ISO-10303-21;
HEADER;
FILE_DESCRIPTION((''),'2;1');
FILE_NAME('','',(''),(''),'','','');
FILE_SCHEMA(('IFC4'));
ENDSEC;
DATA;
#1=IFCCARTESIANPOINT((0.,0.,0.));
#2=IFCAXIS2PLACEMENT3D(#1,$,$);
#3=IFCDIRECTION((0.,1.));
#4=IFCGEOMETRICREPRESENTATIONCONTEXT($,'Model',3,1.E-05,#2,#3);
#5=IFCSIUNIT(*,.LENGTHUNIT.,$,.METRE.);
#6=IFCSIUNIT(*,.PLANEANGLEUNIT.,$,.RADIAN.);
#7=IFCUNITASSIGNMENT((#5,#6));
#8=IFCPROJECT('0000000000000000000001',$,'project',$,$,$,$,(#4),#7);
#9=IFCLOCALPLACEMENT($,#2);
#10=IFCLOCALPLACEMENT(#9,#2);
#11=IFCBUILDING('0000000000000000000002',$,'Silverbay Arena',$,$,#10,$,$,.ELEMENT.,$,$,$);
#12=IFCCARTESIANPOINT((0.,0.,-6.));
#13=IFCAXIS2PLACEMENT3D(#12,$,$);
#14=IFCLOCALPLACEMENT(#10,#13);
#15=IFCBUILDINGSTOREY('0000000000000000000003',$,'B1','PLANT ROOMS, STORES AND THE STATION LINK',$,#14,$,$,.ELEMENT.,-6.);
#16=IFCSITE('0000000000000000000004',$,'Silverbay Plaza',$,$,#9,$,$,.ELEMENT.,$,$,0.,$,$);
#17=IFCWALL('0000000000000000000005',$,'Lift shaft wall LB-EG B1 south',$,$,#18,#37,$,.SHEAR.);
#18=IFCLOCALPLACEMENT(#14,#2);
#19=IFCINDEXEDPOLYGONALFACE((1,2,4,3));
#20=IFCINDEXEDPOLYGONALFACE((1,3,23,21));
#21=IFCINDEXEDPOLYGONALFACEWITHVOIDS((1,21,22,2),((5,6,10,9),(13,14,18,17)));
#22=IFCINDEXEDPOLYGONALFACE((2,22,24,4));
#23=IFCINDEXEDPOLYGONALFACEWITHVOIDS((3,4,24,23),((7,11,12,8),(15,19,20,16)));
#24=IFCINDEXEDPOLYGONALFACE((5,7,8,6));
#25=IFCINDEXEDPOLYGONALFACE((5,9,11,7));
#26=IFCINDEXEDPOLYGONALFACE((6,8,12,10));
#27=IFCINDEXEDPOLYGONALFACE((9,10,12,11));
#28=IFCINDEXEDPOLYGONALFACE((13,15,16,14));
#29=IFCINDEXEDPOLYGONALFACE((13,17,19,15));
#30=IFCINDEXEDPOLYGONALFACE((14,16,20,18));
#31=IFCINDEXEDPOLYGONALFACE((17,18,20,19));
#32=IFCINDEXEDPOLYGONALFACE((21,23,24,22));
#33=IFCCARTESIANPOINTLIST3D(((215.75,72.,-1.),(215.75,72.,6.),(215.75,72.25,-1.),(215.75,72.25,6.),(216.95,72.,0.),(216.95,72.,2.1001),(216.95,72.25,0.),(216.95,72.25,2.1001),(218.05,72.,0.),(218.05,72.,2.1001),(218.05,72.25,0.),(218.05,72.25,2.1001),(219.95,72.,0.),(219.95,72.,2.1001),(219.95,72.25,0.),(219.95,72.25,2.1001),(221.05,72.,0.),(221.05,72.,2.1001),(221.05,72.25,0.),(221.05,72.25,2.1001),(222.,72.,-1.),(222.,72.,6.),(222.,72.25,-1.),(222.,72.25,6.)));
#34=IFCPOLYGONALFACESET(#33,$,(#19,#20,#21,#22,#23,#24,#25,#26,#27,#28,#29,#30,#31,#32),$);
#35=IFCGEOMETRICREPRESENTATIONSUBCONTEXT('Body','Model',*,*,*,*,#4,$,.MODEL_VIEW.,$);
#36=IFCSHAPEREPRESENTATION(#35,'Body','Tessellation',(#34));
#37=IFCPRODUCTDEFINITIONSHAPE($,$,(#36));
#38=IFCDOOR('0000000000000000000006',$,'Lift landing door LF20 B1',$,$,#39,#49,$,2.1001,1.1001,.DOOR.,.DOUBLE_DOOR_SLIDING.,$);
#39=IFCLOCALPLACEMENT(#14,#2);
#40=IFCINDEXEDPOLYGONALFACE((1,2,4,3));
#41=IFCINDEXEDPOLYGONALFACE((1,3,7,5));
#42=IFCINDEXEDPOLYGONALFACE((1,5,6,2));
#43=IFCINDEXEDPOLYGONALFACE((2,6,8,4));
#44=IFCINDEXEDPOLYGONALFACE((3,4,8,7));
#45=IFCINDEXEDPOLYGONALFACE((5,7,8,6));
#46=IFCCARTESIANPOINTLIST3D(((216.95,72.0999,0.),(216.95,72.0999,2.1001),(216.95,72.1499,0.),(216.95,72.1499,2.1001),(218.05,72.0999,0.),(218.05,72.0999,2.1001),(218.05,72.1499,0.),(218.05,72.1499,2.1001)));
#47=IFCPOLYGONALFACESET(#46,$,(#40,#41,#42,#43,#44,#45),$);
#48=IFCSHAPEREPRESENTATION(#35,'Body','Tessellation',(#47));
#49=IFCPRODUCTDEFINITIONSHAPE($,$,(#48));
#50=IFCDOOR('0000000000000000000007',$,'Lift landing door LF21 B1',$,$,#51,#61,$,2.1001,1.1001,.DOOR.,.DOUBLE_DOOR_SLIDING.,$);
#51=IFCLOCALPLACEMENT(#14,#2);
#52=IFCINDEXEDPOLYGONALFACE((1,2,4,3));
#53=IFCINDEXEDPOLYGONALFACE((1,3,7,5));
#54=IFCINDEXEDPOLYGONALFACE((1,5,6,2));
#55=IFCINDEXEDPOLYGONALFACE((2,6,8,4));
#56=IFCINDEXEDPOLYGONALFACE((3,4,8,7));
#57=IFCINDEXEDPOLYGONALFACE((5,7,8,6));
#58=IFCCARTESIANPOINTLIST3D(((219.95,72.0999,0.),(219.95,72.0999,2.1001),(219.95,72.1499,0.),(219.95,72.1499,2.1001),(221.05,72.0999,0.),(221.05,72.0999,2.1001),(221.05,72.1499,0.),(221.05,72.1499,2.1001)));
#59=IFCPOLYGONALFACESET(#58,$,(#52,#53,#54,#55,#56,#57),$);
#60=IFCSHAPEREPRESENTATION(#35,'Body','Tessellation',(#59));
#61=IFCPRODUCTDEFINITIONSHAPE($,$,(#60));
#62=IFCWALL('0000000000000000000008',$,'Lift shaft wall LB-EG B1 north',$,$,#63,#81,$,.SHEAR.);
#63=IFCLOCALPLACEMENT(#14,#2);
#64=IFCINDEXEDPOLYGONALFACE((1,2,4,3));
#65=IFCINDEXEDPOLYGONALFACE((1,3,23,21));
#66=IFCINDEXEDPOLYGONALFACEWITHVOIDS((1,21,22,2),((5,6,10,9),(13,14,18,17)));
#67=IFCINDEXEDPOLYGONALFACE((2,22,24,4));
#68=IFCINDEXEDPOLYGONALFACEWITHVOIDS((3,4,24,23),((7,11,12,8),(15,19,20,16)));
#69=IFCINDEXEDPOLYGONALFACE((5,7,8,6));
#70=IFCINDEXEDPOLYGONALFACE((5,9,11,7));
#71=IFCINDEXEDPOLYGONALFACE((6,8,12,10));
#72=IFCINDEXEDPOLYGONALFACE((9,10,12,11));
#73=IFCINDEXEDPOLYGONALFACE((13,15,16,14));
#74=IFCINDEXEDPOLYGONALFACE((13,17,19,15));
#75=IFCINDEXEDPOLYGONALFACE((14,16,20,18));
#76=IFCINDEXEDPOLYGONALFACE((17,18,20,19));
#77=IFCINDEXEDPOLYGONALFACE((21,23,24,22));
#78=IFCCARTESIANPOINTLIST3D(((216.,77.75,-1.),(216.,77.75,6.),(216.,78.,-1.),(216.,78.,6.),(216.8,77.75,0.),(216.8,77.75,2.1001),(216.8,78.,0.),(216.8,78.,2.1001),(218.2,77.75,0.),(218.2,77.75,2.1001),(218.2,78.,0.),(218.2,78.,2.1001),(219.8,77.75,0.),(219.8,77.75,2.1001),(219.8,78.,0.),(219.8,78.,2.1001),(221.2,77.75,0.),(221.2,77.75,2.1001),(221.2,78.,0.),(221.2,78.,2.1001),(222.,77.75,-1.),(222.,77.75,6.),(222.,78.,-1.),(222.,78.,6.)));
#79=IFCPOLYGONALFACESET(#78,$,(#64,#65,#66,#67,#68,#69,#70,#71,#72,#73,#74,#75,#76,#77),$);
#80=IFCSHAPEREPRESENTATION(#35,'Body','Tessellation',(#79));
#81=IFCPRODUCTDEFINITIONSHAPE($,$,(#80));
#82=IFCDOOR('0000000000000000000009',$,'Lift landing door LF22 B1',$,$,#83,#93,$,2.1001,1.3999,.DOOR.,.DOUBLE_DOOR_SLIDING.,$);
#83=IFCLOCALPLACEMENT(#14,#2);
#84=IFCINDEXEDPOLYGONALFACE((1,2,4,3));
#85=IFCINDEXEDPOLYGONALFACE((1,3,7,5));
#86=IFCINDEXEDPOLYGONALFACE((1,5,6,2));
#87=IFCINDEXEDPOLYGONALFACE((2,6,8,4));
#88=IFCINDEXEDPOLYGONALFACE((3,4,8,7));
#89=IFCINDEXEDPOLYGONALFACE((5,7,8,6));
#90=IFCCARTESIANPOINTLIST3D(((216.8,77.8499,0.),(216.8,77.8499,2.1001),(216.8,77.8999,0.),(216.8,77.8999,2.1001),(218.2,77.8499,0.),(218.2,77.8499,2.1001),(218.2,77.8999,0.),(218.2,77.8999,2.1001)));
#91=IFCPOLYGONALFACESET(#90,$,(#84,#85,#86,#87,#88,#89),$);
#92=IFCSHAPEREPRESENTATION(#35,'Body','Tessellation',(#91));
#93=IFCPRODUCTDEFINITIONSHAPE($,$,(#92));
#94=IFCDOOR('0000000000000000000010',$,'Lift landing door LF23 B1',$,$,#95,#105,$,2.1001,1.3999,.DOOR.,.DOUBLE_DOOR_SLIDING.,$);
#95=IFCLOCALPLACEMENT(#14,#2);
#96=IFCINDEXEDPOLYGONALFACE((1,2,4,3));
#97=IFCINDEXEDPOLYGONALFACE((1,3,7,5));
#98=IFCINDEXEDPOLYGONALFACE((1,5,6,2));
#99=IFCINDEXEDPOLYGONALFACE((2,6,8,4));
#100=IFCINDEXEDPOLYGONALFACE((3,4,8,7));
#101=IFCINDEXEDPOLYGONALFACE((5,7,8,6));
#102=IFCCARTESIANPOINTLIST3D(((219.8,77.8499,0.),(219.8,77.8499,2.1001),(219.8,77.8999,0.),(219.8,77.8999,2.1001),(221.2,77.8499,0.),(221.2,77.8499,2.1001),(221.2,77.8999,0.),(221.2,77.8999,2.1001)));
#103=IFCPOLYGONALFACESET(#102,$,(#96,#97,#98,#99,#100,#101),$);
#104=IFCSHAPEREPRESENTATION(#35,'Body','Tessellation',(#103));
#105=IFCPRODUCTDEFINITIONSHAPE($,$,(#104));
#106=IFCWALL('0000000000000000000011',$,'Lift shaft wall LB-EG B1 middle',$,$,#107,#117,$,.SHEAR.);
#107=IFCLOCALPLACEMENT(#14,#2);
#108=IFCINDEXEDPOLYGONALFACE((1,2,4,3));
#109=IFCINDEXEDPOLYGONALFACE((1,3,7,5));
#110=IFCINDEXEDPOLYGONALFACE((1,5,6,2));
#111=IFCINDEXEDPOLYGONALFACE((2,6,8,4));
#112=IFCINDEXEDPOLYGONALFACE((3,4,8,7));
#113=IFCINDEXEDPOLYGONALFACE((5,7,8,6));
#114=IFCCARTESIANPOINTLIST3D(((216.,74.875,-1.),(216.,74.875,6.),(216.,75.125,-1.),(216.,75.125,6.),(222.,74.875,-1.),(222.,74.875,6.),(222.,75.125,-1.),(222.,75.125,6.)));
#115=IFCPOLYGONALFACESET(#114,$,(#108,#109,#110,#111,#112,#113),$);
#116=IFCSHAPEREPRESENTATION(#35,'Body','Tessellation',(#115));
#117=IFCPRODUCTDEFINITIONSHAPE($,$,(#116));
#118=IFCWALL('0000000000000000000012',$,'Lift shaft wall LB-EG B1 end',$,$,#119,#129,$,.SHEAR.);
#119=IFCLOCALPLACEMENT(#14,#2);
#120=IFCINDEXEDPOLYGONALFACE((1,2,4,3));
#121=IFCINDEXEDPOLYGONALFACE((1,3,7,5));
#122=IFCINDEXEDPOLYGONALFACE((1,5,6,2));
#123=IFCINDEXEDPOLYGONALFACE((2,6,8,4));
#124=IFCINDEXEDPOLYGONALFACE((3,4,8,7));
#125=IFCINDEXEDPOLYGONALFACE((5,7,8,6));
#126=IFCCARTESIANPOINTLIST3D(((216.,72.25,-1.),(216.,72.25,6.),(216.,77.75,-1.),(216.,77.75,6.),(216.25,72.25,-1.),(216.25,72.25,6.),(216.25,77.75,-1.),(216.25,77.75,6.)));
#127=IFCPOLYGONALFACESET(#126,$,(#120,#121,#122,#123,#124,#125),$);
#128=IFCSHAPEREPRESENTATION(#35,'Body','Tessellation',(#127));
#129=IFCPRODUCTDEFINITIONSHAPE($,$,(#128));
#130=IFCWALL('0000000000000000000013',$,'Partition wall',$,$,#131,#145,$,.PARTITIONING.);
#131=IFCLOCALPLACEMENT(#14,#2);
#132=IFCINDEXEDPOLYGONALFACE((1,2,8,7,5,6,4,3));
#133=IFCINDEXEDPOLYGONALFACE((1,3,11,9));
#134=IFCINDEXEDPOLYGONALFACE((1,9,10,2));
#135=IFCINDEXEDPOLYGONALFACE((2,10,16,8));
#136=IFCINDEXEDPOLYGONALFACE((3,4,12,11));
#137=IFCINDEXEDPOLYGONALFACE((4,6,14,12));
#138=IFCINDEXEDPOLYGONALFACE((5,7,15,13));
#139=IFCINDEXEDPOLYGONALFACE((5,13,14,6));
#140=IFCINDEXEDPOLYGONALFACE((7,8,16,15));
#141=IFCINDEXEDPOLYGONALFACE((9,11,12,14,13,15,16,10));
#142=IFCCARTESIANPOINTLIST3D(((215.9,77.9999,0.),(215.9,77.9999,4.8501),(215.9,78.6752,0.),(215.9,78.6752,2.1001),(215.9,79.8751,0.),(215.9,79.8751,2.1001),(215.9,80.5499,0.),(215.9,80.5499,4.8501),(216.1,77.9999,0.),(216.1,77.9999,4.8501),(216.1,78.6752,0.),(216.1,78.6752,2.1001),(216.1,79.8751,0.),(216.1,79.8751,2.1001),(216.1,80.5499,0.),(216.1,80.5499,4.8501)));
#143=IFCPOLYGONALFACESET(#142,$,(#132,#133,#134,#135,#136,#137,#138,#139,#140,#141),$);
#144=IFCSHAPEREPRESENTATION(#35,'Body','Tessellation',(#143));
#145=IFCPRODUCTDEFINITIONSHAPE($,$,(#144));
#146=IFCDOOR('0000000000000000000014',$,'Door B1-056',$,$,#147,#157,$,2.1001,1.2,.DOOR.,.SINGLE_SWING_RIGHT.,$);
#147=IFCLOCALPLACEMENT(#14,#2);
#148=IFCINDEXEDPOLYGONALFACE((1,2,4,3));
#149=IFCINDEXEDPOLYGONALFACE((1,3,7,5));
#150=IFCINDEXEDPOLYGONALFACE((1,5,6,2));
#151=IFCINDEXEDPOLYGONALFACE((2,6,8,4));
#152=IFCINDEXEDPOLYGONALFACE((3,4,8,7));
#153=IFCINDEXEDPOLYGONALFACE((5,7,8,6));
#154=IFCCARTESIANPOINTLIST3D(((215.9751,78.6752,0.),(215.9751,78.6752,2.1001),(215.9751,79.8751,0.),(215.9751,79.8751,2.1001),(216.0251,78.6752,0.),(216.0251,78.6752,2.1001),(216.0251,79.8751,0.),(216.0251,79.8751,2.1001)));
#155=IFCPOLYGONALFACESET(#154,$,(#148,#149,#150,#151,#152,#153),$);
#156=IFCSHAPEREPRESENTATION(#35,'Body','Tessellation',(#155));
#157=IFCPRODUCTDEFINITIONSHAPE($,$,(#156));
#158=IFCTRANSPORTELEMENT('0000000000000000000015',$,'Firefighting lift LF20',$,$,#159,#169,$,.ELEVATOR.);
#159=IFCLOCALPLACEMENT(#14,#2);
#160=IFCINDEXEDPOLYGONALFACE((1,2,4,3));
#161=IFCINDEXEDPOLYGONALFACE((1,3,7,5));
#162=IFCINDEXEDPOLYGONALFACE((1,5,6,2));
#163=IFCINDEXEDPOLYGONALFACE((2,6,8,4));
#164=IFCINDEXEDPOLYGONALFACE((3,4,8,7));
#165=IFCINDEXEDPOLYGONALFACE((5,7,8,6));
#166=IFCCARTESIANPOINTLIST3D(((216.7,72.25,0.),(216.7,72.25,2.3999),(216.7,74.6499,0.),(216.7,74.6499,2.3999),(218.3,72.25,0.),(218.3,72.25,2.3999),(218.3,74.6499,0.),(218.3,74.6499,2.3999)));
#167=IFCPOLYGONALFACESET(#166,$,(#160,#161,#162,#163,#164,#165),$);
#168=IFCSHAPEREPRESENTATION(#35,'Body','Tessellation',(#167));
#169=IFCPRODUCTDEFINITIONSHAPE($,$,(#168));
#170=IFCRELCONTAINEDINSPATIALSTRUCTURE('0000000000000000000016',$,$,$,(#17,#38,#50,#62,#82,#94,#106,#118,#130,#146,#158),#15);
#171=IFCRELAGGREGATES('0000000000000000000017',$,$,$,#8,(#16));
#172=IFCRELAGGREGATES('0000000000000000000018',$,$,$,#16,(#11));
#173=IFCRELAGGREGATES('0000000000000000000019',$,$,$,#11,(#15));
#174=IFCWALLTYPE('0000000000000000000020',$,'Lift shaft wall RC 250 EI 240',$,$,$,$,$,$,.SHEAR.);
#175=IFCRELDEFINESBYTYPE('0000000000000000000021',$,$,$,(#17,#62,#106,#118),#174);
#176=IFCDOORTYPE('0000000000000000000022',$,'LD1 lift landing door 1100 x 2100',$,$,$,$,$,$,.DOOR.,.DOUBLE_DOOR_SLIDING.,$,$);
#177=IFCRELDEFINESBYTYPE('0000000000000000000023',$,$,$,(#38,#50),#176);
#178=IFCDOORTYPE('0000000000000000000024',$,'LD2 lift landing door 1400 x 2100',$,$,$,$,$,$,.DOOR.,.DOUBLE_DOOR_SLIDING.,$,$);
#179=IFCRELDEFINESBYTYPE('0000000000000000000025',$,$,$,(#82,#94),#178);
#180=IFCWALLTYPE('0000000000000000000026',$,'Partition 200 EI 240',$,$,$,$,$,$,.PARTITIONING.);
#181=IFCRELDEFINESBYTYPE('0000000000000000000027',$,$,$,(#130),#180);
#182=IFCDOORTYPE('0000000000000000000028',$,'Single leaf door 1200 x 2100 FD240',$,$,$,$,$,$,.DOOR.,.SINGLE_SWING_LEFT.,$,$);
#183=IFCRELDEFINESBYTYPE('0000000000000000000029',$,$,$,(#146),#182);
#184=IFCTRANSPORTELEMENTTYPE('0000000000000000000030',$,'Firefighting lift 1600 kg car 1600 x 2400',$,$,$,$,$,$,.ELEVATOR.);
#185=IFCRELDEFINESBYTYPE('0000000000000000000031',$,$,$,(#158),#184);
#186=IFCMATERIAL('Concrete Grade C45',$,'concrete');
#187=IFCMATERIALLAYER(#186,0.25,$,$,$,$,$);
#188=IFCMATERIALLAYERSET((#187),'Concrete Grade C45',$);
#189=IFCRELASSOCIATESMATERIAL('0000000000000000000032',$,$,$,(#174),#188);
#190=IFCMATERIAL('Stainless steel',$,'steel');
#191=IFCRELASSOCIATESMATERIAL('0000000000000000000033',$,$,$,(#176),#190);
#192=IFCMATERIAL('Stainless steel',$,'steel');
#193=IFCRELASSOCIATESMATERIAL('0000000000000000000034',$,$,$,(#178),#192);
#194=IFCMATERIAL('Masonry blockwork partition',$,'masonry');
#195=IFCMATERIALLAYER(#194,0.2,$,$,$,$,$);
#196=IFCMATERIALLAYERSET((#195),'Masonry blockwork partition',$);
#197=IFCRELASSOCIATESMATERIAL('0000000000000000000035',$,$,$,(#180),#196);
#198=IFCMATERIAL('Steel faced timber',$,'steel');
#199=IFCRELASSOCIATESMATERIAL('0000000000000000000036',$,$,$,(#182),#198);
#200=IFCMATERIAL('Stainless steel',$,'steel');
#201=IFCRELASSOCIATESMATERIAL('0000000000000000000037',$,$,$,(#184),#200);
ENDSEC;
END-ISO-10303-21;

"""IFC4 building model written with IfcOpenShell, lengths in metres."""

from ifc_helpers import new_model, si_unit, direction, frame, frame_2d, origin, origin_2d, place, context, subcontext, project, spatial, rectangle, extrude, material, layer, layer_set, type_object, element, fill, save


model = new_model("IFC4")

# Units and contexts
model_context = context("Model", 3, precision=1e-05, world=origin(), true_north=direction((0.0, 1.0)))
body_context = subcontext(model_context, "Body", "Model", "MODEL_VIEW")
ifc_project = project(units=[si_unit("LENGTHUNIT", "METRE"), si_unit("PLANEANGLEUNIT", "RADIAN")], contexts=[model_context])

# Site, building, storey
site_placement = place(None, origin())
site = spatial("IfcSite", under=ifc_project, at=site_placement, Name="Silverbay Plaza", CompositionType="ELEMENT", RefElevation=0.0)
building_placement = place(site_placement, origin())
building = spatial("IfcBuilding", under=site, at=building_placement, Name="Silverbay Arena", CompositionType="ELEMENT")
storey_placement = place(building_placement, frame((0.0, 0.0, -6.0)))
storey = spatial("IfcBuildingStorey", under=building, at=storey_placement, Name="B1", Description="PLANT ROOMS, STORES AND THE STATION LINK", CompositionType="ELEMENT", Elevation=-6.0)

# Walls, openings, doors
ifc_material_1 = material(Name="Concrete Grade C45", Category="concrete")
ifc_layer_1 = layer(ifc_material_1, 0.25)
ifc_layer_set_1 = layer_set([ifc_layer_1], Name="Concrete Grade C45")
wall_type_1 = type_object("IfcWallType", Name="Lift shaft wall RC 250 EI 240", PredefinedType="SHEAR", material=ifc_layer_set_1)
wall_1_placement = place(storey_placement, frame((215.75, 72.125, -1.0), z_axis=(0.0, 0.0, 1.0), x_axis=(1.0, 0.0, 0.0)))
wall_1 = element("IfcWall", 1, at=wall_1_placement, inside=storey, type_object=wall_type_1, Name="Lift shaft wall LB-EG B1 south", PredefinedType="SHEAR", context=body_context, shape_type="SweptSolid", body=[
    extrude(rectangle(XDim=6.25, YDim=0.25, at=frame_2d((3.125, 0.0))), origin(), (0.0, 0.0, 1.0), 7.0),
])
opening_1_placement = place(wall_1_placement, frame((1.2, 0.0, 1.0)))
opening_1 = element("IfcOpeningElement", 2, at=opening_1_placement, cuts=wall_1, PredefinedType="OPENING", context=body_context, shape_type="SweptSolid", body=[
    extrude(rectangle(XDim=1.1001, YDim=2.1001, at=frame_2d((0.55, 1.05))), frame((0.0, 0.135, 0.0), z_axis=(0.0, -1.0, 0.0), x_axis=(1.0, 0.0, 0.0)), (0.0, 0.0, 1.0), 0.27),
])
opening_2_placement = place(wall_1_placement, frame((4.2, 0.0, 1.0)))
opening_2 = element("IfcOpeningElement", 3, at=opening_2_placement, cuts=wall_1, PredefinedType="OPENING", context=body_context, shape_type="SweptSolid", body=[
    extrude(rectangle(XDim=1.1001, YDim=2.1001, at=frame_2d((0.55, 1.05))), frame((0.0, 0.135, 0.0), z_axis=(0.0, -1.0, 0.0), x_axis=(1.0, 0.0, 0.0)), (0.0, 0.0, 1.0), 0.27),
])
ifc_material_2 = material(Name="Stainless steel", Category="steel")
door_type_1 = type_object("IfcDoorType", Name="LD1 lift landing door 1100 x 2100", OperationType="DOUBLE_DOOR_SLIDING", PredefinedType="DOOR", material=ifc_material_2)
door_1_placement = place(opening_1_placement, origin())
door_1 = element("IfcDoor", 4, at=door_1_placement, inside=storey, type_object=door_type_1, Name="Lift landing door LF20 B1", OperationType="DOUBLE_DOOR_SLIDING", OverallHeight=2.1001, OverallWidth=1.1001, PredefinedType="DOOR", context=body_context, shape_type="SweptSolid", body=[
    extrude(rectangle(XDim=1.1001, YDim=2.1001, at=frame_2d((0.55, 1.05))), frame((0.0, 0.0249, 0.0), z_axis=(0.0, -1.0, 0.0), x_axis=(1.0, 0.0, 0.0)), (0.0, 0.0, 1.0), 0.05),
])
fill(opening_1, door_1)
door_2_placement = place(opening_2_placement, origin())
door_2 = element("IfcDoor", 5, at=door_2_placement, inside=storey, type_object=door_type_1, Name="Lift landing door LF21 B1", OperationType="DOUBLE_DOOR_SLIDING", OverallHeight=2.1001, OverallWidth=1.1001, PredefinedType="DOOR", context=body_context, shape_type="SweptSolid", body=[
    extrude(rectangle(XDim=1.1001, YDim=2.1001, at=frame_2d((0.55, 1.05))), frame((0.0, 0.0249, 0.0), z_axis=(0.0, -1.0, 0.0), x_axis=(1.0, 0.0, 0.0)), (0.0, 0.0, 1.0), 0.05),
])
fill(opening_2, door_2)
wall_2_placement = place(storey_placement, frame((216.0, 77.875, -1.0), z_axis=(0.0, 0.0, 1.0), x_axis=(1.0, 0.0, 0.0)))
wall_2 = element("IfcWall", 6, at=wall_2_placement, inside=storey, type_object=wall_type_1, Name="Lift shaft wall LB-EG B1 north", PredefinedType="SHEAR", context=body_context, shape_type="SweptSolid", body=[
    extrude(rectangle(XDim=6.0, YDim=0.25, at=frame_2d((3.0, 0.0))), origin(), (0.0, 0.0, 1.0), 7.0),
])
opening_3_placement = place(wall_2_placement, frame((0.8, 0.0, 1.0)))
opening_3 = element("IfcOpeningElement", 7, at=opening_3_placement, cuts=wall_2, PredefinedType="OPENING", context=body_context, shape_type="SweptSolid", body=[
    extrude(rectangle(XDim=1.3999, YDim=2.1001, at=frame_2d((0.7, 1.05))), frame((0.0, 0.135, 0.0), z_axis=(0.0, -1.0, 0.0), x_axis=(1.0, 0.0, 0.0)), (0.0, 0.0, 1.0), 0.27),
])
opening_4_placement = place(wall_2_placement, frame((3.8, 0.0, 1.0)))
opening_4 = element("IfcOpeningElement", 8, at=opening_4_placement, cuts=wall_2, PredefinedType="OPENING", context=body_context, shape_type="SweptSolid", body=[
    extrude(rectangle(XDim=1.3999, YDim=2.1001, at=frame_2d((0.7, 1.05))), frame((0.0, 0.135, 0.0), z_axis=(0.0, -1.0, 0.0), x_axis=(1.0, 0.0, 0.0)), (0.0, 0.0, 1.0), 0.27),
])
ifc_material_3 = material(Name="Stainless steel", Category="steel")
door_type_2 = type_object("IfcDoorType", Name="LD2 lift landing door 1400 x 2100", OperationType="DOUBLE_DOOR_SLIDING", PredefinedType="DOOR", material=ifc_material_3)
door_3_placement = place(opening_3_placement, origin())
door_3 = element("IfcDoor", 9, at=door_3_placement, inside=storey, type_object=door_type_2, Name="Lift landing door LF22 B1", OperationType="DOUBLE_DOOR_SLIDING", OverallHeight=2.1001, OverallWidth=1.3999, PredefinedType="DOOR", context=body_context, shape_type="SweptSolid", body=[
    extrude(rectangle(XDim=1.3999, YDim=2.1001, at=frame_2d((0.7, 1.05))), frame((0.0, 0.0249, 0.0), z_axis=(0.0, -1.0, 0.0), x_axis=(1.0, 0.0, 0.0)), (0.0, 0.0, 1.0), 0.05),
])
fill(opening_3, door_3)
door_4_placement = place(opening_4_placement, origin())
door_4 = element("IfcDoor", 10, at=door_4_placement, inside=storey, type_object=door_type_2, Name="Lift landing door LF23 B1", OperationType="DOUBLE_DOOR_SLIDING", OverallHeight=2.1001, OverallWidth=1.3999, PredefinedType="DOOR", context=body_context, shape_type="SweptSolid", body=[
    extrude(rectangle(XDim=1.3999, YDim=2.1001, at=frame_2d((0.7, 1.05))), frame((0.0, 0.0249, 0.0), z_axis=(0.0, -1.0, 0.0), x_axis=(1.0, 0.0, 0.0)), (0.0, 0.0, 1.0), 0.05),
])
fill(opening_4, door_4)

# Walls
wall_3_placement = place(storey_placement, frame((216.0, 75.0, -1.0), z_axis=(0.0, 0.0, 1.0), x_axis=(1.0, 0.0, 0.0)))
element("IfcWall", 11, at=wall_3_placement, inside=storey, type_object=wall_type_1, Name="Lift shaft wall LB-EG B1 middle", PredefinedType="SHEAR", context=body_context, shape_type="SweptSolid", body=[
    extrude(rectangle(XDim=6.0, YDim=0.25, at=frame_2d((3.0, 0.0))), origin(), (0.0, 0.0, 1.0), 7.0),
])
wall_4_placement = place(storey_placement, frame((216.125, 72.25, -1.0), z_axis=(0.0, 0.0, 1.0), x_axis=(0.0, 1.0, 0.0)))
element("IfcWall", 12, at=wall_4_placement, inside=storey, type_object=wall_type_1, Name="Lift shaft wall LB-EG B1 end", PredefinedType="SHEAR", context=body_context, shape_type="SweptSolid", body=[
    extrude(rectangle(XDim=5.5, YDim=0.25, at=frame_2d((2.75, 0.0))), origin(), (0.0, 0.0, 1.0), 7.0),
])

# Wall, opening, door
ifc_material_4 = material(Name="Masonry blockwork partition", Category="masonry")
ifc_layer_2 = layer(ifc_material_4, 0.2)
ifc_layer_set_2 = layer_set([ifc_layer_2], Name="Masonry blockwork partition")
wall_type_2 = type_object("IfcWallType", Name="Partition 200 EI 240", PredefinedType="PARTITIONING", material=ifc_layer_set_2)
wall_5_placement = place(storey_placement, frame((216.0, 78.0, 0.0), z_axis=(0.0, 0.0, 1.0), x_axis=(0.0, 1.0, 0.0)))
wall_5 = element("IfcWall", 13, at=wall_5_placement, inside=storey, type_object=wall_type_2, Name="Partition wall", PredefinedType="PARTITIONING", context=body_context, shape_type="SweptSolid", body=[
    extrude(rectangle(XDim=2.55, YDim=0.2, at=frame_2d((1.2749, 0.0))), origin(), (0.0, 0.0, 1.0), 4.8501),
])
opening_5_placement = place(wall_5_placement, frame((0.675, 0.0, 0.0)))
opening_5 = element("IfcOpeningElement", 14, at=opening_5_placement, cuts=wall_5, PredefinedType="OPENING", context=body_context, shape_type="SweptSolid", body=[
    extrude(rectangle(XDim=1.2, YDim=2.1001, at=frame_2d((0.6001, 1.05))), frame((0.0, 0.1099, 0.0), z_axis=(0.0, -1.0, 0.0), x_axis=(1.0, 0.0, 0.0)), (0.0, 0.0, 1.0), 0.22),
])
ifc_material_5 = material(Name="Steel faced timber", Category="steel")
door_type_3 = type_object("IfcDoorType", Name="Single leaf door 1200 x 2100 FD240", OperationType="SINGLE_SWING_LEFT", PredefinedType="DOOR", material=ifc_material_5)
door_5_placement = place(opening_5_placement, origin())
door_5 = element("IfcDoor", 15, at=door_5_placement, inside=storey, type_object=door_type_3, Name="Door B1-056", OperationType="SINGLE_SWING_RIGHT", OverallHeight=2.1001, OverallWidth=1.2, PredefinedType="DOOR", context=body_context, shape_type="SweptSolid", body=[
    extrude(rectangle(XDim=1.2, YDim=2.1001, at=frame_2d((0.6001, 1.05))), frame((0.0, 0.0249, 0.0), z_axis=(0.0, -1.0, 0.0), x_axis=(1.0, 0.0, 0.0)), (0.0, 0.0, 1.0), 0.05),
])
fill(opening_5, door_5)

# Transport element
ifc_material_6 = material(Name="Stainless steel", Category="steel")
transport_element_type = type_object("IfcTransportElementType", Name="Firefighting lift 1600 kg car 1600 x 2400", PredefinedType="ELEVATOR", material=ifc_material_6)
for number, where, z_axis, x_axis, name in (
    (16, (217.5, 73.45, 0.0), (0.0, 0.0, 1.0), (1.0, 0.0, 0.0), "Firefighting lift LF20"),
):
    element("IfcTransportElement", number, at=place(storey_placement, frame(where, z_axis=z_axis, x_axis=x_axis)), inside=storey, type_object=transport_element_type, Name=name, PredefinedType="ELEVATOR", context=body_context, shape_type="SweptSolid", body=[
        extrude(rectangle(XDim=1.6001, YDim=2.3999, at=origin_2d()), origin(), (0.0, 0.0, 1.0), 2.3999),
    ])

save(model, "model.ifc")
